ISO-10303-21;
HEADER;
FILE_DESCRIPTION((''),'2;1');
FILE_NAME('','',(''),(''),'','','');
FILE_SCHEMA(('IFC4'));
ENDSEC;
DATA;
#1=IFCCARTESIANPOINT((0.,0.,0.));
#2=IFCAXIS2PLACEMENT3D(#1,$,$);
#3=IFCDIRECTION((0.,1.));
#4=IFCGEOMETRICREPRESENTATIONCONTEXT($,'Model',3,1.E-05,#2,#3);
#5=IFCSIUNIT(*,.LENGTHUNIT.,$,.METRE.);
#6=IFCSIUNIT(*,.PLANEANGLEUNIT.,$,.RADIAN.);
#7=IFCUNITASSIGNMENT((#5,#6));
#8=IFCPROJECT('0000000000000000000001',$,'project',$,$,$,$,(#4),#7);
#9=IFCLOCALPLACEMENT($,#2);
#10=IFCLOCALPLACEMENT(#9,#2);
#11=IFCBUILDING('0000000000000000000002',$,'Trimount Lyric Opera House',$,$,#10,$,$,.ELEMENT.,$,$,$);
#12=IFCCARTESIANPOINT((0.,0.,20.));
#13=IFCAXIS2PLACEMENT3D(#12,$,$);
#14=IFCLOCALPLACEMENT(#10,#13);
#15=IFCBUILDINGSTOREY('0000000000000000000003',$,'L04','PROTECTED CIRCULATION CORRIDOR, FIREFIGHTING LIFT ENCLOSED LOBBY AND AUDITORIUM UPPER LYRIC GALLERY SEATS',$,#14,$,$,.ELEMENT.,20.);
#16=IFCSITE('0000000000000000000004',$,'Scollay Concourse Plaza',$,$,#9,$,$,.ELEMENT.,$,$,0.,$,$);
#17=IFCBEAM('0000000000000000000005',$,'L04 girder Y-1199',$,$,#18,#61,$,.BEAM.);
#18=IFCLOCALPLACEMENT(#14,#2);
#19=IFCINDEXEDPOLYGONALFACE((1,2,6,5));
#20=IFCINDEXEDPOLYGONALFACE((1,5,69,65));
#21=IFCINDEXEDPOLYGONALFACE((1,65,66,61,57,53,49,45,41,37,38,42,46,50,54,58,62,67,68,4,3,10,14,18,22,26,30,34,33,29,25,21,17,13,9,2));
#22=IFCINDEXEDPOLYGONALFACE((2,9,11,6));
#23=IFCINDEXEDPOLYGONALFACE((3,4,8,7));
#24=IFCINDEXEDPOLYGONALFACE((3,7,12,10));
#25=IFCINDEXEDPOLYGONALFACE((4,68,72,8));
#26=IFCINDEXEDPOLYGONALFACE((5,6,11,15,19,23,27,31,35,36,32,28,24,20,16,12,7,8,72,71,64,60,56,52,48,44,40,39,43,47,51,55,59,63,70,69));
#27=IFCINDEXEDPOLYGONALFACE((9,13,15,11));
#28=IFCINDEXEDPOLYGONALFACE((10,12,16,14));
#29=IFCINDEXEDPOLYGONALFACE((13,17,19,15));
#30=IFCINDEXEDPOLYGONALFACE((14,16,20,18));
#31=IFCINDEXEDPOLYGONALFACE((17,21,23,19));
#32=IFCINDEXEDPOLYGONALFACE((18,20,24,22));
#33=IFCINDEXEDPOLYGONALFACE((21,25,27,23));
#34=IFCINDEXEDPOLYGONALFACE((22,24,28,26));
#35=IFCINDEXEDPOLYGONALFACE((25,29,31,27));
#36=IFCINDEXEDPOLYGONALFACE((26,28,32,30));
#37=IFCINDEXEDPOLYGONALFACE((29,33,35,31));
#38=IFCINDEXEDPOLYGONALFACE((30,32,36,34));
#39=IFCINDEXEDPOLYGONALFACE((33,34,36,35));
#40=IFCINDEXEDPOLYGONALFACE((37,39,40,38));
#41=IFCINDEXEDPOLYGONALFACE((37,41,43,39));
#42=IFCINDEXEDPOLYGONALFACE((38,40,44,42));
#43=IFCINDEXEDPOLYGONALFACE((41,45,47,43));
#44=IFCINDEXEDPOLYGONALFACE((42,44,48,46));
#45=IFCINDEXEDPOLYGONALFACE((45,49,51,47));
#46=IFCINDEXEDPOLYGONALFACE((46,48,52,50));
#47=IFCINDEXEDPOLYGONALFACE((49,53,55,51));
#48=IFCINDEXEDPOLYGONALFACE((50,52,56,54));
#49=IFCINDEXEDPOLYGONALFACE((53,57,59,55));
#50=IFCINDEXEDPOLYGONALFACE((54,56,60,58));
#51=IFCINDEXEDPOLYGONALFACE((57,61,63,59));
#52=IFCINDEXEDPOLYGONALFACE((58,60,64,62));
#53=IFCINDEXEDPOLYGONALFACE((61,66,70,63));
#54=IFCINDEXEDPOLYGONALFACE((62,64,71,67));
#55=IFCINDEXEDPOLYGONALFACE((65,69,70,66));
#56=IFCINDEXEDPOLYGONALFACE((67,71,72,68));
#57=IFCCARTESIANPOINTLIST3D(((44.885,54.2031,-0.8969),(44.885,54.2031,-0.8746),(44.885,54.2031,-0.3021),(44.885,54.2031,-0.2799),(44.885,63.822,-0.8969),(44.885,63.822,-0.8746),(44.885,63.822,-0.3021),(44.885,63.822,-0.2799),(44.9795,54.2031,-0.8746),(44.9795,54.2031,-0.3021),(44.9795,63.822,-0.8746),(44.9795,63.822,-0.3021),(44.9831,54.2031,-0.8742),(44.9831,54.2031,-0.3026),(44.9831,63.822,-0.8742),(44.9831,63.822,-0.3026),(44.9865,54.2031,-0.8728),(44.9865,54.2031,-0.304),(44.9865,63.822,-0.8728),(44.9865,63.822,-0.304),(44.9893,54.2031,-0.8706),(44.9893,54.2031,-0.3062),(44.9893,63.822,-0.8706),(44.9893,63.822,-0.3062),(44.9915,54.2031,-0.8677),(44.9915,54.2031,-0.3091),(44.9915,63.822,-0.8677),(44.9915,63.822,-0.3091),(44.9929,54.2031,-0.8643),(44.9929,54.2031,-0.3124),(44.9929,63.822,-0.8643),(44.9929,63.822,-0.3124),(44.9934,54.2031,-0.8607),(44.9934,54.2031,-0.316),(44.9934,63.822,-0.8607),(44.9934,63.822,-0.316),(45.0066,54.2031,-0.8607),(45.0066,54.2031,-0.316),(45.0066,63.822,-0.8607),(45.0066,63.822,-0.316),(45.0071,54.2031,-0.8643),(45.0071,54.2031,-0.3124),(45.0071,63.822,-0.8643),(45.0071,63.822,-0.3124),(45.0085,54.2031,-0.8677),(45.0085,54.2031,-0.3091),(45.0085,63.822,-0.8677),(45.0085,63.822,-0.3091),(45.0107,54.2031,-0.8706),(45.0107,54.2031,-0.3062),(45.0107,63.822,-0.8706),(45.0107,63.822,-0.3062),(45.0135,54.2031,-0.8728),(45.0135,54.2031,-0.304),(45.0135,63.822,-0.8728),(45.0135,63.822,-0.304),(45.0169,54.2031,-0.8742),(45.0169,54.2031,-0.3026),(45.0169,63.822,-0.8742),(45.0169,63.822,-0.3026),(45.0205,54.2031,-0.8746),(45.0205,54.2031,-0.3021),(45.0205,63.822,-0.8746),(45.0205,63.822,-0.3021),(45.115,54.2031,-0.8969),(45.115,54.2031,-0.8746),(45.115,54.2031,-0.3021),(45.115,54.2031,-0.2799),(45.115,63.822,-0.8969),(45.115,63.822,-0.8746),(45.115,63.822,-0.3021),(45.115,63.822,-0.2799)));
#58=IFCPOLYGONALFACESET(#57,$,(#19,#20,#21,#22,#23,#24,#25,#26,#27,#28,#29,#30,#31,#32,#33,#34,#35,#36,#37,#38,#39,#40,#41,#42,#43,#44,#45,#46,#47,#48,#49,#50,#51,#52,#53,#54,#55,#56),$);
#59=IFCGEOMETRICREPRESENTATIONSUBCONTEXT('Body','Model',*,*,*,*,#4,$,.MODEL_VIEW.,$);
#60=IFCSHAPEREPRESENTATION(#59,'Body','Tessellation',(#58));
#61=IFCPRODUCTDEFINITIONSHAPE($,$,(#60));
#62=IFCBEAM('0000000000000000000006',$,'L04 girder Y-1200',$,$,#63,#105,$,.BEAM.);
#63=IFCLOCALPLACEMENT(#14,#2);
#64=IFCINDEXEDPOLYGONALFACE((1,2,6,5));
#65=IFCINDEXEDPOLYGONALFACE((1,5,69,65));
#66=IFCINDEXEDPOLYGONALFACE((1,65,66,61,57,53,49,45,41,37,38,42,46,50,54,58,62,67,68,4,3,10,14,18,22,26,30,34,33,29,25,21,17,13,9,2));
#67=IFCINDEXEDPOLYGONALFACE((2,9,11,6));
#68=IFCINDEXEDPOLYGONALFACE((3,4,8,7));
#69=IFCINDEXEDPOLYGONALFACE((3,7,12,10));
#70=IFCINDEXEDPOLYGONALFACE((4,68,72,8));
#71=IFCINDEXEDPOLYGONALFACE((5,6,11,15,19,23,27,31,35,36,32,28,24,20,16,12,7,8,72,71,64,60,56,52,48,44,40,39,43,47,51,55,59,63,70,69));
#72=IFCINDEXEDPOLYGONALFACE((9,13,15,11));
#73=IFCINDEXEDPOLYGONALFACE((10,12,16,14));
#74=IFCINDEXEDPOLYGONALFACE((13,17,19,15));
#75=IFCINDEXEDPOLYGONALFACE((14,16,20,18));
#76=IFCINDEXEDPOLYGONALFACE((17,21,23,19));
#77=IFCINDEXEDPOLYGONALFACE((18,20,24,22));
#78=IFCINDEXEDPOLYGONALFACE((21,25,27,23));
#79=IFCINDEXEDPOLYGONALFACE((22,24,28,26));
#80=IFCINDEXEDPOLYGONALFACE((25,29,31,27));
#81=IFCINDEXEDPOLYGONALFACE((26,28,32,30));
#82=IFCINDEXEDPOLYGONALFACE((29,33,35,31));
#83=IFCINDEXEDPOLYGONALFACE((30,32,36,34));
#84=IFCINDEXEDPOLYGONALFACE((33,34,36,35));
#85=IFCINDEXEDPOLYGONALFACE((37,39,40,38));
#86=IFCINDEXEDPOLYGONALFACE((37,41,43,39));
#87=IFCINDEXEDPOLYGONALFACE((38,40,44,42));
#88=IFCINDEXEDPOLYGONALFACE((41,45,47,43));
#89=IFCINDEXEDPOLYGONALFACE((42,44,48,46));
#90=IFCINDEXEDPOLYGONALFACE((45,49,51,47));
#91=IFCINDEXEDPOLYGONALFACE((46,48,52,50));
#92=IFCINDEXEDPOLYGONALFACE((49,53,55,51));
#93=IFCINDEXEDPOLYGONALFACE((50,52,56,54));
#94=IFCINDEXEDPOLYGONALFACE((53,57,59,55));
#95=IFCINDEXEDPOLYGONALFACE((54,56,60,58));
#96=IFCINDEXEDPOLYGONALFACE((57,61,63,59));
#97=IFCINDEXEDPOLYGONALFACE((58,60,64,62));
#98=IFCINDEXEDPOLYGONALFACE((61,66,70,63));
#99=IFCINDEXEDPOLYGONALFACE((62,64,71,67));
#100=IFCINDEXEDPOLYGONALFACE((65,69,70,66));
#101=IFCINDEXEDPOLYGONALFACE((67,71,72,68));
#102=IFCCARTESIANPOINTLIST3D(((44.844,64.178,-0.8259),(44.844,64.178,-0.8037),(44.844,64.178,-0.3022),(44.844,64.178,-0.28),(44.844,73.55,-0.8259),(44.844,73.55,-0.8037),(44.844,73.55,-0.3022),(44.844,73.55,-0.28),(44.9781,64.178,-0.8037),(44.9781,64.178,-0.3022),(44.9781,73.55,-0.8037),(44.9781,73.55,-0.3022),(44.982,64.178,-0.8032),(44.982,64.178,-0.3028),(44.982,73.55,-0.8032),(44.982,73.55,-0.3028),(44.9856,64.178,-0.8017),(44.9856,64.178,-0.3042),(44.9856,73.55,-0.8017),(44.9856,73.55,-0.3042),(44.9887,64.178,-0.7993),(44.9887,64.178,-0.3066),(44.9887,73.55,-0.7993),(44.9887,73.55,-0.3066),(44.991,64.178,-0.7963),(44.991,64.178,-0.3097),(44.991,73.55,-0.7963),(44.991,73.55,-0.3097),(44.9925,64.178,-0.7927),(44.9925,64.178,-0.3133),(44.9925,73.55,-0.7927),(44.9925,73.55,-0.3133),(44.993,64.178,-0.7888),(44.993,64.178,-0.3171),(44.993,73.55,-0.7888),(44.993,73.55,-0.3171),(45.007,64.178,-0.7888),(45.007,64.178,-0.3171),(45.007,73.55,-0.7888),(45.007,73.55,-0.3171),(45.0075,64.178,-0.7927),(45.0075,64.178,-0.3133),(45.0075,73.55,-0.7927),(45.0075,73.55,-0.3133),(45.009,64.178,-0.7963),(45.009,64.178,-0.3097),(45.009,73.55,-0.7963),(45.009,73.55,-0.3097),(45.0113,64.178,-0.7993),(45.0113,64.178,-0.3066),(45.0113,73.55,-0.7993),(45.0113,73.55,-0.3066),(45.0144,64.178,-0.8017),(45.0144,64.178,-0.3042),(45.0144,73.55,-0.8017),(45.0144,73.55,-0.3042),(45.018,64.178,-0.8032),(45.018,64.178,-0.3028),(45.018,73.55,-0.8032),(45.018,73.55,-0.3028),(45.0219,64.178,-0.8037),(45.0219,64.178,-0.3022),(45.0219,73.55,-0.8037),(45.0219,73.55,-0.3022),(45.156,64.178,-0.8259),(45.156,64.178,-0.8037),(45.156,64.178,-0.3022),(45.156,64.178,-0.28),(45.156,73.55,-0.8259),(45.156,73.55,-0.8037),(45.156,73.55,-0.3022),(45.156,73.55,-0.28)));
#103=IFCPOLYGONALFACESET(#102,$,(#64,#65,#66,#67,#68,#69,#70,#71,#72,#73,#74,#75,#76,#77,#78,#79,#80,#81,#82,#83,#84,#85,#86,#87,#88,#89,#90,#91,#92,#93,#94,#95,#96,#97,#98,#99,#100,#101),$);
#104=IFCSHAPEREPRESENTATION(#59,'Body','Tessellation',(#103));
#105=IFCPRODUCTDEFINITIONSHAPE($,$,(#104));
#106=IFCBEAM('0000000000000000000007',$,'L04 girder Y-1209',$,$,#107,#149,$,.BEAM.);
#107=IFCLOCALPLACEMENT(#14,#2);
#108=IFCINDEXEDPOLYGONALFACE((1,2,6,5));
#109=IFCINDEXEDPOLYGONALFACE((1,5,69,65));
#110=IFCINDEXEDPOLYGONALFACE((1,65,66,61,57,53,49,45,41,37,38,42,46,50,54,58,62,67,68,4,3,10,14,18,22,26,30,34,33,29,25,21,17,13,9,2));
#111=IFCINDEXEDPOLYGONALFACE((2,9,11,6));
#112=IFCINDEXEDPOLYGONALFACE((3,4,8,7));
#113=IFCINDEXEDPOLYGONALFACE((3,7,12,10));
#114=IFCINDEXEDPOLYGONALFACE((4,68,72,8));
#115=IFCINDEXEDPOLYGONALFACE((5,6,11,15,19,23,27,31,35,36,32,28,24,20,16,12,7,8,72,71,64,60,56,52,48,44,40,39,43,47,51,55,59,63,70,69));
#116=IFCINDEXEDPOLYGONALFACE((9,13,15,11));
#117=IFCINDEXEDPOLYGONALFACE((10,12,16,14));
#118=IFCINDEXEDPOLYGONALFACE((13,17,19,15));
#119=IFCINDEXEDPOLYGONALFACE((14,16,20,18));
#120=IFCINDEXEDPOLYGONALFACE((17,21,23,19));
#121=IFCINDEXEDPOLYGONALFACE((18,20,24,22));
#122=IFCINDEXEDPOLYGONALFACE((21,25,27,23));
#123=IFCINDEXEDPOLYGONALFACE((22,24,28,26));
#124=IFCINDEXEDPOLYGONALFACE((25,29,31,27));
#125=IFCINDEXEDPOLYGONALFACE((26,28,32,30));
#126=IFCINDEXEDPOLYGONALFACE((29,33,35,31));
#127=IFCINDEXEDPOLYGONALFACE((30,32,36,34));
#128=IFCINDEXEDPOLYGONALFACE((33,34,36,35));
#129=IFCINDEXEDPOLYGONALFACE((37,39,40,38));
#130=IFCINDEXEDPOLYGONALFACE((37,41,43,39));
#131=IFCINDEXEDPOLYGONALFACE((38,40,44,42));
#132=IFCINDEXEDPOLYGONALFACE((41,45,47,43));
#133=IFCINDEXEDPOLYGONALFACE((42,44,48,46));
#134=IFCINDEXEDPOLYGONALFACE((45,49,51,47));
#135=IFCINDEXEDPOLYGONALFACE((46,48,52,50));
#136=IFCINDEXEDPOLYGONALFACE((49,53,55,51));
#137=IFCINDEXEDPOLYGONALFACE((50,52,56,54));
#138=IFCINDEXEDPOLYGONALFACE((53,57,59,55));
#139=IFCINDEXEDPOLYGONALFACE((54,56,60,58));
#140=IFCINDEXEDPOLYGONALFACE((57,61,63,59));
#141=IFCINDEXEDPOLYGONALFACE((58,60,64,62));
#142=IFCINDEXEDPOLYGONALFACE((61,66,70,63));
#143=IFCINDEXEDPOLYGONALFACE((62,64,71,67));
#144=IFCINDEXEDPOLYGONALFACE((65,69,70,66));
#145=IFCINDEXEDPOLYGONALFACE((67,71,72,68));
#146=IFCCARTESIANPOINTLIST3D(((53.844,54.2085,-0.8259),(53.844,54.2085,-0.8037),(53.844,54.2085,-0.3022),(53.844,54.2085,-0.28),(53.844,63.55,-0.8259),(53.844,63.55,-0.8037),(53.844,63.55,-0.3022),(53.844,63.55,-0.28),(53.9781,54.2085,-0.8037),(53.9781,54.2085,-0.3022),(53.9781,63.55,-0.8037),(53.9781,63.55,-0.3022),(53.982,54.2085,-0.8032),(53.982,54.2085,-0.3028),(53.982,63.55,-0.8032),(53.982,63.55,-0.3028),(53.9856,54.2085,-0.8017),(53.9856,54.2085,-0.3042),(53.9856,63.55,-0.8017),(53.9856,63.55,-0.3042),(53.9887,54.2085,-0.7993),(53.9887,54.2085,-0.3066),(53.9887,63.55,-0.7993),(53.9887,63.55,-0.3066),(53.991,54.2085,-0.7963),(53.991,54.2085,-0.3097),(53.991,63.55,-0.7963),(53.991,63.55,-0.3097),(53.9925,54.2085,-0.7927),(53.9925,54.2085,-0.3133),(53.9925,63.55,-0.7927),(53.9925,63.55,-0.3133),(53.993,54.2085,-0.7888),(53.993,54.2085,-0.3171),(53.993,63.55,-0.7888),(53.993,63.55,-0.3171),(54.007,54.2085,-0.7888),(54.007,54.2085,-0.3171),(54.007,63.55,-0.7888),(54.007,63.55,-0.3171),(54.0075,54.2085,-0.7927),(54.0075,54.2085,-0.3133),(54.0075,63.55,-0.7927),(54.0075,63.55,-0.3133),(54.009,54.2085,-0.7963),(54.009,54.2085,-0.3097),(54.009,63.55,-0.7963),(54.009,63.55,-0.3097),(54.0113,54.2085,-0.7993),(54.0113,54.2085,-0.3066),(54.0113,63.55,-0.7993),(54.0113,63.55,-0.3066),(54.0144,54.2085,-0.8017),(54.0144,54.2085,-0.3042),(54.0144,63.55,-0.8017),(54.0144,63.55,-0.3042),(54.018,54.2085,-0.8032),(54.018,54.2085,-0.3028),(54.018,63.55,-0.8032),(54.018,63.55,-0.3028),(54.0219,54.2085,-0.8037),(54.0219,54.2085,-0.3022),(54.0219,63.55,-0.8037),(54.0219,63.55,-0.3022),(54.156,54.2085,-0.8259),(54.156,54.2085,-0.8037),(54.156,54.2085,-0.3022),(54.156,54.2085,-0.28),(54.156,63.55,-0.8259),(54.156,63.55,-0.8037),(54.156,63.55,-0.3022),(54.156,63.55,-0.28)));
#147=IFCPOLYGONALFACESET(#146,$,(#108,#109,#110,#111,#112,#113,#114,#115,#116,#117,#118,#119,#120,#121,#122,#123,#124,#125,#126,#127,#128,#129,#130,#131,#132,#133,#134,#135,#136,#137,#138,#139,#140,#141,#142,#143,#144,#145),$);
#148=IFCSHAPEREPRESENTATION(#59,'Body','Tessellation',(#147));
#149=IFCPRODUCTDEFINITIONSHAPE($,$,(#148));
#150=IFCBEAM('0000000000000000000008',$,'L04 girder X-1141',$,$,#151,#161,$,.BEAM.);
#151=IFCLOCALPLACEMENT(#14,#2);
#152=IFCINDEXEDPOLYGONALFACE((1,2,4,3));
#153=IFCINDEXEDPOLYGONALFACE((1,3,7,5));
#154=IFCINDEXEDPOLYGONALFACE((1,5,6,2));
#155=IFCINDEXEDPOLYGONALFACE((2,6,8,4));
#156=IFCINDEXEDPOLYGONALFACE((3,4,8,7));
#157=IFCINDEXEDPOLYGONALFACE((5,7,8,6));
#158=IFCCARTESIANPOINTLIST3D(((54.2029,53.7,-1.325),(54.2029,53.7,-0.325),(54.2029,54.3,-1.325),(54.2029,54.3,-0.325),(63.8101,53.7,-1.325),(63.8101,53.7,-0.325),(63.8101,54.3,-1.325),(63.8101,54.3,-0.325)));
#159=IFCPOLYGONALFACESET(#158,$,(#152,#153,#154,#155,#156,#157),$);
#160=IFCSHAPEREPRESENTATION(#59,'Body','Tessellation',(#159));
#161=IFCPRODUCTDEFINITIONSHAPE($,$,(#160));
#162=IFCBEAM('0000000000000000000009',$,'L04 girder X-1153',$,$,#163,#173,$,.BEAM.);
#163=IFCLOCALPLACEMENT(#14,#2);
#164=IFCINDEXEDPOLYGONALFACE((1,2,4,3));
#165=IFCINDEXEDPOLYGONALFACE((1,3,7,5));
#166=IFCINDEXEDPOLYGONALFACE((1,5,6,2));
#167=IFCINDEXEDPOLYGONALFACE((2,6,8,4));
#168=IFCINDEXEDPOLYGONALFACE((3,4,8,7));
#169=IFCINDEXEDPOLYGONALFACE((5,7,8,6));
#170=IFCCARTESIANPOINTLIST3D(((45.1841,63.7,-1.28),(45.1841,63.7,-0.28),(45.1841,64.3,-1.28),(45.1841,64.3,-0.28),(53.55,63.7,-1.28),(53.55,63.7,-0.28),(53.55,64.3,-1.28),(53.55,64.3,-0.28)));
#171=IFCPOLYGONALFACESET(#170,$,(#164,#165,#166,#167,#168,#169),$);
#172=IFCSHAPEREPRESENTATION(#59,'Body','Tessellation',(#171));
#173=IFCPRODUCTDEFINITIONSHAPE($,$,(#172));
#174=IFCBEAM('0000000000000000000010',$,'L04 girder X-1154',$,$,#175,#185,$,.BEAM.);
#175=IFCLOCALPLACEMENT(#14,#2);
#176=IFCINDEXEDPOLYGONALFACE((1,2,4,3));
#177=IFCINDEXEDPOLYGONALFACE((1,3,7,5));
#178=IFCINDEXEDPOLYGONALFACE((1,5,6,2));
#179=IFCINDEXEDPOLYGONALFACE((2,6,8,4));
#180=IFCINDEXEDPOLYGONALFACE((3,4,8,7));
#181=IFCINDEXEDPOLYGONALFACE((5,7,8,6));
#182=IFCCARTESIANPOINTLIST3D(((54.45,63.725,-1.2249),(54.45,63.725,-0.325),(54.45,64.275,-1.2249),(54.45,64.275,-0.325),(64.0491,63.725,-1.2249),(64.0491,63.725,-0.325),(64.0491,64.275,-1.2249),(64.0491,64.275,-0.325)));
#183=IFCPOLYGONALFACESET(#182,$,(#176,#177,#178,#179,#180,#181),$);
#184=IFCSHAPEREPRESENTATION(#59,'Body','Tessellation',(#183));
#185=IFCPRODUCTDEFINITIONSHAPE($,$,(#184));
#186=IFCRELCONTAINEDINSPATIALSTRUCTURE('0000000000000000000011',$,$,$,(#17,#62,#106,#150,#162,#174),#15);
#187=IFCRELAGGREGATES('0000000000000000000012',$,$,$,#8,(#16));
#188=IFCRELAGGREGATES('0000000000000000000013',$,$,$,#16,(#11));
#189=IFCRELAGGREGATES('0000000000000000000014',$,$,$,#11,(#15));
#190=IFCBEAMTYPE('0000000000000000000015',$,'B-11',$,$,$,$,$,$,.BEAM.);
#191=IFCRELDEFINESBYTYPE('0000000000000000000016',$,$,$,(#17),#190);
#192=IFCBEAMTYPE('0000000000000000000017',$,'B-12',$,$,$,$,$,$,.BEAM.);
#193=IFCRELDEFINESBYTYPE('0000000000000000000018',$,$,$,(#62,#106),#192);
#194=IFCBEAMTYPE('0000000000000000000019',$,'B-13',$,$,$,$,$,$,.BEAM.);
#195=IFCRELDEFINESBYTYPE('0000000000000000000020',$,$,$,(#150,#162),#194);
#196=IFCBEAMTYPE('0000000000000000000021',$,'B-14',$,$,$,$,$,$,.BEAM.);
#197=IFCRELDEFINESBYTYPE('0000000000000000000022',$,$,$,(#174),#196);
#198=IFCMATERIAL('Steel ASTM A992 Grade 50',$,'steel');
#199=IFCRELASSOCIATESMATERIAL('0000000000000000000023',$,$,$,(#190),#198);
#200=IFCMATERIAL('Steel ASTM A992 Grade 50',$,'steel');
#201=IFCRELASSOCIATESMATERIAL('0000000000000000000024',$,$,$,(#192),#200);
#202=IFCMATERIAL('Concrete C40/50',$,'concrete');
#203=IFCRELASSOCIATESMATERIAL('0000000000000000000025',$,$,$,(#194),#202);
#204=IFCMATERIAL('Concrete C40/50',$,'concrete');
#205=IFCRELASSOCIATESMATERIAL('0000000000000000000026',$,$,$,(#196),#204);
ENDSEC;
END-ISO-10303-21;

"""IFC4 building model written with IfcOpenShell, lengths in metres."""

from ifc_helpers import new_model, si_unit, direction, frame, origin, origin_2d, place, context, subcontext, project, spatial, rectangle, i_section, extrude, material, material_profile, profile_set, type_object, element, save


model = new_model("IFC4")

# Units and contexts
model_context = context("Model", 3, precision=1e-05, world=origin(), true_north=direction((0.0, 1.0)))
body_context = subcontext(model_context, "Body", "Model", "MODEL_VIEW")
ifc_project = project(units=[si_unit("LENGTHUNIT", "METRE"), si_unit("PLANEANGLEUNIT", "RADIAN")], contexts=[model_context])

# Site, building, storey
site_placement = place(None, origin())
site = spatial("IfcSite", under=ifc_project, at=site_placement, Name="Scollay Concourse Plaza", CompositionType="ELEMENT", RefElevation=0.0)
building_placement = place(site_placement, origin())
building = spatial("IfcBuilding", under=site, at=building_placement, Name="Trimount Lyric Opera House", CompositionType="ELEMENT")
storey_placement = place(building_placement, frame((0.0, 0.0, 20.0)))
storey = spatial("IfcBuildingStorey", under=building, at=storey_placement, Name="L04", Description="PROTECTED CIRCULATION CORRIDOR, FIREFIGHTING LIFT ENCLOSED LOBBY AND AUDITORIUM UPPER LYRIC GALLERY SEATS", CompositionType="ELEMENT", Elevation=20.0)

# Beams
ifc_material_1 = material(Name="Steel ASTM A992 Grade 50", Category="steel")
ifc_material_profile_1 = material_profile(ifc_material_1, i_section(OverallWidth=0.23, OverallDepth=0.6169, WebThickness=0.0132, FlangeThickness=0.0222, FilletRadius=0.0139, at=origin_2d()), Name="W24X94")
ifc_profile_set_1 = profile_set([ifc_material_profile_1], Name="Steel ASTM A992 Grade 50")
beam_type_1 = type_object("IfcBeamType", Name="B-11", PredefinedType="BEAM", material=ifc_profile_set_1)
beam_1_placement = place(storey_placement, frame((45.0, 54.2031, -0.5884), z_axis=(0.0, 1.0, 0.0), x_axis=(-1.0, 0.0, 0.0)))
element("IfcBeam", 1, at=beam_1_placement, inside=storey, type_object=beam_type_1, Name="L04 girder Y-1199", PredefinedType="BEAM", context=body_context, shape_type="SweptSolid", body=[
    extrude(i_section(OverallWidth=0.23, OverallDepth=0.6169, WebThickness=0.0132, FlangeThickness=0.0222, FilletRadius=0.0139, at=origin_2d()), origin(), (0.0, 0.0, 1.0), 9.6189),
])
ifc_material_2 = material(Name="Steel ASTM A992 Grade 50", Category="steel")
ifc_material_profile_2 = material_profile(ifc_material_2, i_section(OverallWidth=0.312, OverallDepth=0.5459, WebThickness=0.0139, FlangeThickness=0.0222, FilletRadius=0.0149, at=origin_2d()), Name="W21X111")
ifc_profile_set_2 = profile_set([ifc_material_profile_2], Name="Steel ASTM A992 Grade 50")
beam_type_2 = type_object("IfcBeamType", Name="B-12", PredefinedType="BEAM", material=ifc_profile_set_2)
beam_2_placement = place(storey_placement, frame((45.0, 64.178, -0.553), z_axis=(0.0, 1.0, 0.0), x_axis=(-1.0, 0.0, 0.0)))
element("IfcBeam", 2, at=beam_2_placement, inside=storey, type_object=beam_type_2, Name="L04 girder Y-1200", PredefinedType="BEAM", context=body_context, shape_type="SweptSolid", body=[
    extrude(i_section(OverallWidth=0.312, OverallDepth=0.5459, WebThickness=0.0139, FlangeThickness=0.0222, FilletRadius=0.0149, at=origin_2d()), origin(), (0.0, 0.0, 1.0), 9.3721),
])
beam_3_placement = place(storey_placement, frame((54.0, 54.2085, -0.553), z_axis=(0.0, 1.0, 0.0), x_axis=(-1.0, 0.0, 0.0)))
element("IfcBeam", 3, at=beam_3_placement, inside=storey, type_object=beam_type_2, Name="L04 girder Y-1209", PredefinedType="BEAM", context=body_context, shape_type="SweptSolid", body=[
    extrude(i_section(OverallWidth=0.312, OverallDepth=0.5459, WebThickness=0.0139, FlangeThickness=0.0222, FilletRadius=0.0149, at=origin_2d()), origin(), (0.0, 0.0, 1.0), 9.3416),
])
ifc_material_3 = material(Name="Concrete C40/50", Category="concrete")
ifc_material_profile_3 = material_profile(ifc_material_3, rectangle(XDim=0.6001, YDim=1.0, at=origin_2d()), Name="RC600X1000")
ifc_profile_set_3 = profile_set([ifc_material_profile_3], Name="Concrete C40/50")
beam_type_3 = type_object("IfcBeamType", Name="B-13", PredefinedType="BEAM", material=ifc_profile_set_3)
beam_4_placement = place(storey_placement, frame((54.2029, 54.0, -0.825), z_axis=(1.0, 0.0, 0.0), x_axis=(0.0, 1.0, 0.0)))
element("IfcBeam", 4, at=beam_4_placement, inside=storey, type_object=beam_type_3, Name="L04 girder X-1141", PredefinedType="BEAM", context=body_context, shape_type="SweptSolid", body=[
    extrude(rectangle(XDim=0.6001, YDim=1.0, at=origin_2d()), origin(), (0.0, 0.0, 1.0), 9.6072),
])
beam_5_placement = place(storey_placement, frame((45.1841, 64.0, -0.78), z_axis=(1.0, 0.0, 0.0), x_axis=(0.0, 1.0, 0.0)))
element("IfcBeam", 5, at=beam_5_placement, inside=storey, type_object=beam_type_3, Name="L04 girder X-1153", PredefinedType="BEAM", context=body_context, shape_type="SweptSolid", body=[
    extrude(rectangle(XDim=0.6001, YDim=1.0, at=origin_2d()), origin(), (0.0, 0.0, 1.0), 8.366),
])
ifc_material_4 = material(Name="Concrete C40/50", Category="concrete")
ifc_material_profile_4 = material_profile(ifc_material_4, rectangle(XDim=0.55, YDim=0.8999, at=origin_2d()), Name="RC550X900")
ifc_profile_set_4 = profile_set([ifc_material_profile_4], Name="Concrete C40/50")
beam_type_4 = type_object("IfcBeamType", Name="B-14", PredefinedType="BEAM", material=ifc_profile_set_4)
beam_6_placement = place(storey_placement, frame((54.45, 64.0, -0.7749), z_axis=(1.0, 0.0, 0.0), x_axis=(0.0, 1.0, 0.0)))
element("IfcBeam", 6, at=beam_6_placement, inside=storey, type_object=beam_type_4, Name="L04 girder X-1154", PredefinedType="BEAM", context=body_context, shape_type="SweptSolid", body=[
    extrude(rectangle(XDim=0.55, YDim=0.8999, at=origin_2d()), origin(), (0.0, 0.0, 1.0), 9.5991),
])

save(model, "model.ifc")
